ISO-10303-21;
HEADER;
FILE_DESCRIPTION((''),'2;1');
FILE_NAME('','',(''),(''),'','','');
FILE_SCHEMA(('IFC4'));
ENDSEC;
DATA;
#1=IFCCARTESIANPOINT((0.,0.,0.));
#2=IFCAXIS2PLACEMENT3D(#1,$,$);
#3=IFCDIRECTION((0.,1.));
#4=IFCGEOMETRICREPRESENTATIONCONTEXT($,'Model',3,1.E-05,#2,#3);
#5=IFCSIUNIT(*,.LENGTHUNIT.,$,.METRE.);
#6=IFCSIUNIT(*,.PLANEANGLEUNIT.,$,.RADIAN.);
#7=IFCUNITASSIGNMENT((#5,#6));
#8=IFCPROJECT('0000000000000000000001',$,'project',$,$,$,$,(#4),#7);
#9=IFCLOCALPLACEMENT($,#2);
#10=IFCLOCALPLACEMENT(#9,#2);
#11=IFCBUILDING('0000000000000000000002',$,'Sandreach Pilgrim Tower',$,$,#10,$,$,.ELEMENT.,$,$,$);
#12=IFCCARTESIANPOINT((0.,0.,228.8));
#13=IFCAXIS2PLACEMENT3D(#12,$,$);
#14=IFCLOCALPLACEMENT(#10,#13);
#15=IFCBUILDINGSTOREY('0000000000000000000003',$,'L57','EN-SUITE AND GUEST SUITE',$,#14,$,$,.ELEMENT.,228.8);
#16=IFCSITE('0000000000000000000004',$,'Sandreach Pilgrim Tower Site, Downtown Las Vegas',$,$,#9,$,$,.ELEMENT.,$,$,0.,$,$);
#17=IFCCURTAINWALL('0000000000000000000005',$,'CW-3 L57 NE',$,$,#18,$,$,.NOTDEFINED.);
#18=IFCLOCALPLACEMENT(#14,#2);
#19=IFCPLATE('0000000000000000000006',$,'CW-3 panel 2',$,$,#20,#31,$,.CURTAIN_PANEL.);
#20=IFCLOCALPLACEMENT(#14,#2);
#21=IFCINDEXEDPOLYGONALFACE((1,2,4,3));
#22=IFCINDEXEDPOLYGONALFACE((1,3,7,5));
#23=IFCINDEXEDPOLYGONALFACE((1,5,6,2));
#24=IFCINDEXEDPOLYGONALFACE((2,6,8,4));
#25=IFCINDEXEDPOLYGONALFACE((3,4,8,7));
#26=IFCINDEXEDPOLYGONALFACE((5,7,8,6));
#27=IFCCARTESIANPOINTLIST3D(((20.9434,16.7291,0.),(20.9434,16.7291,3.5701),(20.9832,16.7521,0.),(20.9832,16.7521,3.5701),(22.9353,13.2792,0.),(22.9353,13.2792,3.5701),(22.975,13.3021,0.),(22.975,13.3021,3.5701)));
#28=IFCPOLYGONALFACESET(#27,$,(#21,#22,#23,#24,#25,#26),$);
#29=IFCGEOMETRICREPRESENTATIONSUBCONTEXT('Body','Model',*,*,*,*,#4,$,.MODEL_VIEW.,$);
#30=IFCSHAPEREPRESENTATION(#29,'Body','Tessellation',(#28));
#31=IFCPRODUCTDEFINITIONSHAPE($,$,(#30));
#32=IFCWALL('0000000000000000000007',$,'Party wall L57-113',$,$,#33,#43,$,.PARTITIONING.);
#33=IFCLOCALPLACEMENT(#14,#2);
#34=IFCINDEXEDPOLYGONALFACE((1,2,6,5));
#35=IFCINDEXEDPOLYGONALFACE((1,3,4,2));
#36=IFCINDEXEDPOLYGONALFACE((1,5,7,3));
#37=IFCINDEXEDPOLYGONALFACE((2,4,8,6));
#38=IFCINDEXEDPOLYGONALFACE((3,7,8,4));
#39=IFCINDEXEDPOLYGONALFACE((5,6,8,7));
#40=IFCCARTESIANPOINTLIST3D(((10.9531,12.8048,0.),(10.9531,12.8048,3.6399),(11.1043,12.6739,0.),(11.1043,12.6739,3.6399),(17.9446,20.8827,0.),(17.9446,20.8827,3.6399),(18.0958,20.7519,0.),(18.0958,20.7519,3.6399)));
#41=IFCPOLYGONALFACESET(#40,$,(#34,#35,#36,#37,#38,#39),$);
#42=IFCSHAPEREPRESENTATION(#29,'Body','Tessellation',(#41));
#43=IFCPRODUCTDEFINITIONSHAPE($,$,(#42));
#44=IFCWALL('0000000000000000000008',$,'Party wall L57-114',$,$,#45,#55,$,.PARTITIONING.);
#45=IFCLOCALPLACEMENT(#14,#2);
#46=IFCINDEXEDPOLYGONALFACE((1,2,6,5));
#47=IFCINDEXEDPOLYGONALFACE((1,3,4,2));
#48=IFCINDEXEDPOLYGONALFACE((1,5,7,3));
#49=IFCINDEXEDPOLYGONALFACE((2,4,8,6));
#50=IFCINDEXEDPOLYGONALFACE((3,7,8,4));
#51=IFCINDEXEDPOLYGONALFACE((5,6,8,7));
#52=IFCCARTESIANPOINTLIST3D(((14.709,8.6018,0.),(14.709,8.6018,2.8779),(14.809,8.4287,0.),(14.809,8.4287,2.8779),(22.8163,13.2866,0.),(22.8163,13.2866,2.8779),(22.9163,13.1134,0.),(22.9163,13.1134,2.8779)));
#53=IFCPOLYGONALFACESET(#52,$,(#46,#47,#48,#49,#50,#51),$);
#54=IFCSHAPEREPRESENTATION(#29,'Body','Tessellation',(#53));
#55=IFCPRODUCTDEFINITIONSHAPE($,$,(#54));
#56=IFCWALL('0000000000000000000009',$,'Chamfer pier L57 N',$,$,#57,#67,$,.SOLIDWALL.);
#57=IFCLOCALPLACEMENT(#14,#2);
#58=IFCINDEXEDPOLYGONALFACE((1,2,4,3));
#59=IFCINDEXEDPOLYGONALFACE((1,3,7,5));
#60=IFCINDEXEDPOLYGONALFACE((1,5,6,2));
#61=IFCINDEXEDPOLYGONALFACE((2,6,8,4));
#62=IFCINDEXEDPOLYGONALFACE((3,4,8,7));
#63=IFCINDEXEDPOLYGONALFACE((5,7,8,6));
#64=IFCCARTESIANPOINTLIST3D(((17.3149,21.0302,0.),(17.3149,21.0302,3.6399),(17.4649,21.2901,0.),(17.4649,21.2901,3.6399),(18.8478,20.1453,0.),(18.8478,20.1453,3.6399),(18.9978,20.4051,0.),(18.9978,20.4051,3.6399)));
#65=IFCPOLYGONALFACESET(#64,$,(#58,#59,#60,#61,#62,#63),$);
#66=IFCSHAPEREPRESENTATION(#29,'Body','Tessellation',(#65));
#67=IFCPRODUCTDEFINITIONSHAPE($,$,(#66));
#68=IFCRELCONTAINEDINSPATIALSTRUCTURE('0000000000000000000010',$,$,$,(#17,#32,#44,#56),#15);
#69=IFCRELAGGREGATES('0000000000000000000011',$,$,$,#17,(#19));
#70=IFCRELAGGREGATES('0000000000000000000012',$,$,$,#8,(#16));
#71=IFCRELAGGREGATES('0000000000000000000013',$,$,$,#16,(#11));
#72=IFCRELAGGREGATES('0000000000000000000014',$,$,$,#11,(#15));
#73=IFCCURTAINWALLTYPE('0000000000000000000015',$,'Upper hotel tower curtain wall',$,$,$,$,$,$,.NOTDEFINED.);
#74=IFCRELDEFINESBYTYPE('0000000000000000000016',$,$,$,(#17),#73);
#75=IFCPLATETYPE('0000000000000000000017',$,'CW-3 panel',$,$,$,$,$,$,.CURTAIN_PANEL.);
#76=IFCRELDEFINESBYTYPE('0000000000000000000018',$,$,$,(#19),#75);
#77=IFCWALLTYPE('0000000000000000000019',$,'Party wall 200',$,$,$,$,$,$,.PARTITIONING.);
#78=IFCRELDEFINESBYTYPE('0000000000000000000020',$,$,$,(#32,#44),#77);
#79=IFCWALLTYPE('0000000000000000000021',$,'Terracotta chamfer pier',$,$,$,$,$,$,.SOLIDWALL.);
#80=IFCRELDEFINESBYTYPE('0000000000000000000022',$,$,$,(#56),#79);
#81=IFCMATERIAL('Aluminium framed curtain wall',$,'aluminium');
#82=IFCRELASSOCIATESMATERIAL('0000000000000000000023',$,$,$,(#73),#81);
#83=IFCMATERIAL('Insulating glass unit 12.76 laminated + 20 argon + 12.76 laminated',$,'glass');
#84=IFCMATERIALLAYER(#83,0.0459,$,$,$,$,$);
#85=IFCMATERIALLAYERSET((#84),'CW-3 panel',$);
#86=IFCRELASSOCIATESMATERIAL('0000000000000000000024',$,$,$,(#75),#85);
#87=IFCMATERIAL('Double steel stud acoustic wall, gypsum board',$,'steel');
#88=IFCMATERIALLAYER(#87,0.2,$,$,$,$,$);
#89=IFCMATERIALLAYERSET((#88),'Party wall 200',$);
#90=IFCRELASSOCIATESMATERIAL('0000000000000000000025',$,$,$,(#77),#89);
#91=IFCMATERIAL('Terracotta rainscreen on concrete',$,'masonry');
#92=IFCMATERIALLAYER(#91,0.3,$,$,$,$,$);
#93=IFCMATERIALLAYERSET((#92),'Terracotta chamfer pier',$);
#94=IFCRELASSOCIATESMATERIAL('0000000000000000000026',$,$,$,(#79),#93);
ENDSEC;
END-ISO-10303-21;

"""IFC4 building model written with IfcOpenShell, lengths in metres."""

from ifc_helpers import new_model, si_unit, direction, frame, frame_2d, origin, origin_2d, place, context, subcontext, project, spatial, rectangle, extrude, material, layer, layer_set, type_object, element, aggregate, save


model = new_model("IFC4")

# Units and contexts
model_context = context("Model", 3, precision=1e-05, world=origin(), true_north=direction((0.0, 1.0)))
body_context = subcontext(model_context, "Body", "Model", "MODEL_VIEW")
ifc_project = project(units=[si_unit("LENGTHUNIT", "METRE"), si_unit("PLANEANGLEUNIT", "RADIAN")], contexts=[model_context])

# Site, building, storey
site_placement = place(None, origin())
site = spatial("IfcSite", under=ifc_project, at=site_placement, Name="Sandreach Pilgrim Tower Site, Downtown Las Vegas", CompositionType="ELEMENT", RefElevation=0.0)
building_placement = place(site_placement, origin())
building = spatial("IfcBuilding", under=site, at=building_placement, Name="Sandreach Pilgrim Tower", CompositionType="ELEMENT")
storey_placement = place(building_placement, frame((0.0, 0.0, 228.8)))
storey = spatial("IfcBuildingStorey", under=building, at=storey_placement, Name="L57", Description="EN-SUITE AND GUEST SUITE", CompositionType="ELEMENT", Elevation=228.8)

# Curtain wall
ifc_material_1 = material(Name="Aluminium framed curtain wall", Category="aluminium")
curtain_wall_type = type_object("IfcCurtainWallType", Name="Upper hotel tower curtain wall", PredefinedType="NOTDEFINED", material=ifc_material_1)
curtain_wall_1_placement = place(storey_placement, origin())
curtain_wall_1 = element("IfcCurtainWall", 1, at=curtain_wall_1_placement, inside=storey, type_object=curtain_wall_type, Name="CW-3 L57 NE", PredefinedType="NOTDEFINED")

# Plate
ifc_material_2 = material(Name="Insulating glass unit 12.76 laminated + 20 argon + 12.76 laminated", Category="glass")
ifc_layer_1 = layer(ifc_material_2, 0.0459)
ifc_layer_set_1 = layer_set([ifc_layer_1], Name="CW-3 panel")
plate_type = type_object("IfcPlateType", Name="CW-3 panel", PredefinedType="CURTAIN_PANEL", material=ifc_layer_set_1)
plate_1_placement = place(storey_placement, frame((21.9592, 15.0156, 0.0), z_axis=(0.0, 0.0, 1.0), x_axis=(0.5, -0.866025, 0.0)))
plate_1 = element("IfcPlate", 2, at=plate_1_placement, type_object=plate_type, Name="CW-3 panel 2", PredefinedType="CURTAIN_PANEL", context=body_context, shape_type="SweptSolid", body=[
    extrude(rectangle(XDim=3.9836, YDim=0.0459, at=origin_2d()), origin(), (0.0, 0.0, 1.0), 3.5701),
])
aggregate(curtain_wall_1, [plate_1])

# Walls
ifc_material_3 = material(Name="Double steel stud acoustic wall, gypsum board", Category="steel")
ifc_layer_2 = layer(ifc_material_3, 0.2)
ifc_layer_set_2 = layer_set([ifc_layer_2], Name="Party wall 200")
wall_type_1 = type_object("IfcWallType", Name="Party wall 200", PredefinedType="PARTITIONING", material=ifc_layer_set_2)
wall_1_placement = place(storey_placement, frame((18.0203, 20.8174, 0.0), z_axis=(0.0, 0.0, 1.0), x_axis=(-0.654429, -0.756123, 0.0)))
element("IfcWall", 3, at=wall_1_placement, inside=storey, type_object=wall_type_1, Name="Party wall L57-113", PredefinedType="PARTITIONING", context=body_context, shape_type="SweptSolid", body=[
    extrude(rectangle(XDim=10.6833, YDim=0.2, at=frame_2d((5.3418, 0.0))), origin(), (0.0, 0.0, 1.0), 3.6399),
])
wall_2_placement = place(storey_placement, frame((22.8662, 13.2, 0.0), z_axis=(0.0, 0.0, 1.0), x_axis=(-0.865841, -0.50032, 0.0)))
element("IfcWall", 4, at=wall_2_placement, inside=storey, type_object=wall_type_1, Name="Party wall L57-114", PredefinedType="PARTITIONING", context=body_context, shape_type="SweptSolid", body=[
    extrude(rectangle(XDim=9.3635, YDim=0.2, at=frame_2d((4.6816, 0.0))), origin(), (0.0, 0.0, 1.0), 2.8779),
])
ifc_material_4 = material(Name="Terracotta rainscreen on concrete", Category="masonry")
ifc_layer_3 = layer(ifc_material_4, 0.3)
ifc_layer_set_3 = layer_set([ifc_layer_3], Name="Terracotta chamfer pier")
wall_type_2 = type_object("IfcWallType", Name="Terracotta chamfer pier", PredefinedType="SOLIDWALL", material=ifc_layer_set_3)
wall_3_placement = place(storey_placement, frame((17.3899, 21.1602, 0.0), z_axis=(0.0, 0.0, 1.0), x_axis=(0.866036, -0.499981, 0.0)))
element("IfcWall", 5, at=wall_3_placement, inside=storey, type_object=wall_type_2, Name="Chamfer pier L57 N", PredefinedType="SOLIDWALL", context=body_context, shape_type="SweptSolid", body=[
    extrude(rectangle(XDim=1.77, YDim=0.3, at=frame_2d((0.885, 0.0))), origin(), (0.0, 0.0, 1.0), 3.6399),
])

save(model, "model.ifc")
